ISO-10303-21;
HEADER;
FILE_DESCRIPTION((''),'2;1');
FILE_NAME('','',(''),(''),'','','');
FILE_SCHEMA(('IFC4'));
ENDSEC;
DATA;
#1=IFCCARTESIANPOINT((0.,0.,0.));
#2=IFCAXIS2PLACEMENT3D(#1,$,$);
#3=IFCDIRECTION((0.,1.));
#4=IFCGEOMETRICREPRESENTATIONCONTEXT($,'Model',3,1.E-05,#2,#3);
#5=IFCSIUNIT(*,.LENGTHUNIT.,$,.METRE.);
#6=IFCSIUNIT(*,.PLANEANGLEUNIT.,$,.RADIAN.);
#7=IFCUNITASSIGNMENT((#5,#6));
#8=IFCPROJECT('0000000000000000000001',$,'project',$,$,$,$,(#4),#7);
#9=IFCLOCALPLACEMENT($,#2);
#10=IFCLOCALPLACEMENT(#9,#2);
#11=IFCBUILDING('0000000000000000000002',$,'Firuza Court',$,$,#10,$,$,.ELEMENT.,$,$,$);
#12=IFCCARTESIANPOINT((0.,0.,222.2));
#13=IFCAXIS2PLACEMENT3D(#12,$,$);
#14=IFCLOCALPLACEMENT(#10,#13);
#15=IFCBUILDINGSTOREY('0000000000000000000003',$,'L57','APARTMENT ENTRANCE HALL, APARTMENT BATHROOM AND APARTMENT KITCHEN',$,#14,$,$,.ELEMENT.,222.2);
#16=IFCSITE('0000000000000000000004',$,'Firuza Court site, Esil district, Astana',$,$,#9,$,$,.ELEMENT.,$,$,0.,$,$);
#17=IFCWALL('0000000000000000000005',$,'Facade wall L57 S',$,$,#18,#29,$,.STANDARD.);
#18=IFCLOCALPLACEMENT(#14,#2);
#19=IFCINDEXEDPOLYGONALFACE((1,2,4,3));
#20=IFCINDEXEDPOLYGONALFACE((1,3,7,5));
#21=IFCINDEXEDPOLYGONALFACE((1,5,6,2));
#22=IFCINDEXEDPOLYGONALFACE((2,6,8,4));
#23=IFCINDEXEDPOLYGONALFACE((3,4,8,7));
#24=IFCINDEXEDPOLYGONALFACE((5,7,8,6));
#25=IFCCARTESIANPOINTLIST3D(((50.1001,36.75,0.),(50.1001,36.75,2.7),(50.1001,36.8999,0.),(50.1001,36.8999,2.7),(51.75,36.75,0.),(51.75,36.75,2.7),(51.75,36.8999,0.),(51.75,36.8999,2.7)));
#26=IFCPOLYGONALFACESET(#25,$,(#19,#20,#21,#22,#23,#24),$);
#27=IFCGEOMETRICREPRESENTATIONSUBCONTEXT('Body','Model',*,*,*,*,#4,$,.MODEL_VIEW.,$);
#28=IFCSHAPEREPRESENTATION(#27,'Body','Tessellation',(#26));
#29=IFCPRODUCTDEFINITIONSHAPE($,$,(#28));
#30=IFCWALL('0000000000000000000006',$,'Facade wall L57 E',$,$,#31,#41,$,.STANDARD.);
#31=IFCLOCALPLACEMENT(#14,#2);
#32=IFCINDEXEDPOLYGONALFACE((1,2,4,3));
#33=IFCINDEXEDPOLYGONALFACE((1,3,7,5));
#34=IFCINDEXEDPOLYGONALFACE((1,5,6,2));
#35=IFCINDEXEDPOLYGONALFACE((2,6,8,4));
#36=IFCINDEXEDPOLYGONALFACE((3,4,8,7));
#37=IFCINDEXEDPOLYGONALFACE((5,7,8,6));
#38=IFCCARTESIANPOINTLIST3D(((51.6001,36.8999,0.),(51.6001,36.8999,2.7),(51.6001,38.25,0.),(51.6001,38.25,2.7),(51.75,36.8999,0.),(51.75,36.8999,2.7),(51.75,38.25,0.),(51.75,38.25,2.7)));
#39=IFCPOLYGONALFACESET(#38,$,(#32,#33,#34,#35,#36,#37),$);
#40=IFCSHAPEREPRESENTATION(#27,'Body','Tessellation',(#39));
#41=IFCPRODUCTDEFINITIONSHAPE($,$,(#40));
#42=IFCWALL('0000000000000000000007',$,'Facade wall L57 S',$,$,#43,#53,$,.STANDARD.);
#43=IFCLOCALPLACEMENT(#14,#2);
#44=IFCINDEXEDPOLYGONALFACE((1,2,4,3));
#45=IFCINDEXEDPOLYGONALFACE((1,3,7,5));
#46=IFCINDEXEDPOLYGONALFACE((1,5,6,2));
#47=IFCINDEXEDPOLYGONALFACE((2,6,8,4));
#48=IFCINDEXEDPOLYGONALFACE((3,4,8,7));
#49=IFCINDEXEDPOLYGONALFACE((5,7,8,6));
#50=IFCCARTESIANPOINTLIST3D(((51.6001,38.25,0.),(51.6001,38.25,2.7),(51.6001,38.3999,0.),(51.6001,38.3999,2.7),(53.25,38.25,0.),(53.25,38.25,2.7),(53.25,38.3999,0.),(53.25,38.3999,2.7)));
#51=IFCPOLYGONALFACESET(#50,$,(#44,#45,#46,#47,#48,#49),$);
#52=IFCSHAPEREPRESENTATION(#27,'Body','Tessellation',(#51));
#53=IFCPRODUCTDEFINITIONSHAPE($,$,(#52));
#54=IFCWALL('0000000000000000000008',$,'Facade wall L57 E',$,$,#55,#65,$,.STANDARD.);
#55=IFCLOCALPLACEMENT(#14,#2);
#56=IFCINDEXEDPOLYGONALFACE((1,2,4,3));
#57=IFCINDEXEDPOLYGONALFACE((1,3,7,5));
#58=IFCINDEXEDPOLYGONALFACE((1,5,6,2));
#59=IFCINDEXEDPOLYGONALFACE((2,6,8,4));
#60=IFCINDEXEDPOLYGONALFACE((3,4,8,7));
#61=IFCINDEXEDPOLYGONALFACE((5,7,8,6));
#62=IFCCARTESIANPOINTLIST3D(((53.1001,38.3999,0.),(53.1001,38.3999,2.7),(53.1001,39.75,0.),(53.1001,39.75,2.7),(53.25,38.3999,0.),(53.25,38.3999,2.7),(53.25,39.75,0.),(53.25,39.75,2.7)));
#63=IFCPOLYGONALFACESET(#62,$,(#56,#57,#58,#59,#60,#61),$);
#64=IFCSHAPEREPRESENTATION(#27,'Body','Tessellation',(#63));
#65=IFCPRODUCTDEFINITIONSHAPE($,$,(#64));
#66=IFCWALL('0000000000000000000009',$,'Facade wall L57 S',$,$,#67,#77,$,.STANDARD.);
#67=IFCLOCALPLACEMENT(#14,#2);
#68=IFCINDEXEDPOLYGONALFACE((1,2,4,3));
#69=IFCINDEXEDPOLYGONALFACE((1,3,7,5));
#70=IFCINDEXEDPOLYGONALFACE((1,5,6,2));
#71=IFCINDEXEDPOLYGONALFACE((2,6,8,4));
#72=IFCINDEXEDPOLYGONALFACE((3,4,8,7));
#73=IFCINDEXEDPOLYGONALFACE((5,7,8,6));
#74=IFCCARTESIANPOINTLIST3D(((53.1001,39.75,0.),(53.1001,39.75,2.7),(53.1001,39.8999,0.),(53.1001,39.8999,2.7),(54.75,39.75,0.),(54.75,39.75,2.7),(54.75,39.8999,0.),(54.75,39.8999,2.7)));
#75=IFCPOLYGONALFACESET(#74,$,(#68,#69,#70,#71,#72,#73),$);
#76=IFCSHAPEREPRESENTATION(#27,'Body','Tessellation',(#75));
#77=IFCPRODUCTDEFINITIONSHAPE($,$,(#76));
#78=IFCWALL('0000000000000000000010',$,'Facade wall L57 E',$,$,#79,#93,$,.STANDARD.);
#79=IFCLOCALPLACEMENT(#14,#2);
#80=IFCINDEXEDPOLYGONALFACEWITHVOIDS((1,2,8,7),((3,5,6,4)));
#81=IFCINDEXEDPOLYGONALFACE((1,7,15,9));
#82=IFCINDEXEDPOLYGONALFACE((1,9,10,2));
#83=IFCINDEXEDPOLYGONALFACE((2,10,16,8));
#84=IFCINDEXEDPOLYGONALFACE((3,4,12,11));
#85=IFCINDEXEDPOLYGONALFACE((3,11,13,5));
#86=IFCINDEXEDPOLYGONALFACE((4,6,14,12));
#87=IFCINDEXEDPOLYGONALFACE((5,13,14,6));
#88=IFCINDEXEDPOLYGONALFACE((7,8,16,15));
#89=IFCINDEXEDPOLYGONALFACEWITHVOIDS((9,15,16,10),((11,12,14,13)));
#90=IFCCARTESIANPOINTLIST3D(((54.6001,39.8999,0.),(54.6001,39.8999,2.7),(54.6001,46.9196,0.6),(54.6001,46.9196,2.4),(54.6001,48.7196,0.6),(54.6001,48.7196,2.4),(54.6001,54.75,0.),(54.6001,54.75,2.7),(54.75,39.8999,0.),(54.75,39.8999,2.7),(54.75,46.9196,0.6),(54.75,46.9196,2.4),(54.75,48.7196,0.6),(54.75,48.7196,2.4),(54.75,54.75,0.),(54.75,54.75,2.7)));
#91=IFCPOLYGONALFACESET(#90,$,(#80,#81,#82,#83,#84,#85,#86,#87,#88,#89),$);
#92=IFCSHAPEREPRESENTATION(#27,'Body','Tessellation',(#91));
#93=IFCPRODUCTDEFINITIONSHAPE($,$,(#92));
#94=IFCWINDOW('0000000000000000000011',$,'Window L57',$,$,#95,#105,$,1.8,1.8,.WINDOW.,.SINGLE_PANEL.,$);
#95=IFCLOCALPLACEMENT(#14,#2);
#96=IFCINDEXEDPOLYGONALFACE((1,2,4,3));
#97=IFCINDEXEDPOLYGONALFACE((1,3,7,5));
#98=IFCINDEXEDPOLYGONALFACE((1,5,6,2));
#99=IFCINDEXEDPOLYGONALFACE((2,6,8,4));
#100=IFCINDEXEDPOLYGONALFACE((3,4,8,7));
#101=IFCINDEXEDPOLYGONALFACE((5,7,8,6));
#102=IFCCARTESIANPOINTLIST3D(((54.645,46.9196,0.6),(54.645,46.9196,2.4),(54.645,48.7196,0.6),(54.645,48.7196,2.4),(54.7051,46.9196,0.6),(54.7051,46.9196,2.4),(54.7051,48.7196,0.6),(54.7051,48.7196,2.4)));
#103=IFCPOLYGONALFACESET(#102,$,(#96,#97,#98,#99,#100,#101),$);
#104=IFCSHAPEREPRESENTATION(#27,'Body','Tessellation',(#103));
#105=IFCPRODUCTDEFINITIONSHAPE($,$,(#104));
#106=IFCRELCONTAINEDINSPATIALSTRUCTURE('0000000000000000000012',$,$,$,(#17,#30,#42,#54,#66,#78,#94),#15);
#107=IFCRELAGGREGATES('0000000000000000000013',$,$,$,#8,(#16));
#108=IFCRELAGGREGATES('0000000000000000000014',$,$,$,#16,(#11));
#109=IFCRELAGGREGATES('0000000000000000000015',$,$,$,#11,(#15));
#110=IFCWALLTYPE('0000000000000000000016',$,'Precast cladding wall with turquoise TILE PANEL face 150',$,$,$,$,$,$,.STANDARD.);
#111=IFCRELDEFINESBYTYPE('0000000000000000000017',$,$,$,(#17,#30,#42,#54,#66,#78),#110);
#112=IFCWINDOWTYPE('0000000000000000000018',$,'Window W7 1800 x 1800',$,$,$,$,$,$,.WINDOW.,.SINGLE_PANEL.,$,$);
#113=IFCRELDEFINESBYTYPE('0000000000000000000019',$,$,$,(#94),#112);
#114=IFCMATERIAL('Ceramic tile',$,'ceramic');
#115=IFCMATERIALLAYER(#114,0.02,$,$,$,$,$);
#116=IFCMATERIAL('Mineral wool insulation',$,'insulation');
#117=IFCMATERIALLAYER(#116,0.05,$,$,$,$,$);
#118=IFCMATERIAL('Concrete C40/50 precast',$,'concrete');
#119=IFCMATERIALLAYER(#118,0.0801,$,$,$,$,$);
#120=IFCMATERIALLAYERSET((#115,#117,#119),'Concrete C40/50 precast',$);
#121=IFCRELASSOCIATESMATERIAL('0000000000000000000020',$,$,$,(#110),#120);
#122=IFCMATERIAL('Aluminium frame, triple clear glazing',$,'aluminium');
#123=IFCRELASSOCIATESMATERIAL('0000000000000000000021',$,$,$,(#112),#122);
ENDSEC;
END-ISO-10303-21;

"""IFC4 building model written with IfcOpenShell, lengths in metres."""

from ifc_helpers import new_model, si_unit, direction, frame, frame_2d, origin, place, context, subcontext, project, spatial, rectangle, extrude, material, layer, layer_set, type_object, element, fill, save


model = new_model("IFC4")

# Units and contexts
model_context = context("Model", 3, precision=1e-05, world=origin(), true_north=direction((0.0, 1.0)))
body_context = subcontext(model_context, "Body", "Model", "MODEL_VIEW")
ifc_project = project(units=[si_unit("LENGTHUNIT", "METRE"), si_unit("PLANEANGLEUNIT", "RADIAN")], contexts=[model_context])

# Site, building, storey
site_placement = place(None, origin())
site = spatial("IfcSite", under=ifc_project, at=site_placement, Name="Firuza Court site, Esil district, Astana", CompositionType="ELEMENT", RefElevation=0.0)
building_placement = place(site_placement, origin())
building = spatial("IfcBuilding", under=site, at=building_placement, Name="Firuza Court", CompositionType="ELEMENT")
storey_placement = place(building_placement, frame((0.0, 0.0, 222.2)))
storey = spatial("IfcBuildingStorey", under=building, at=storey_placement, Name="L57", Description="APARTMENT ENTRANCE HALL, APARTMENT BATHROOM AND APARTMENT KITCHEN", CompositionType="ELEMENT", Elevation=222.2)

# Walls
ifc_material_1 = material(Name="Ceramic tile", Category="ceramic")
ifc_layer_1 = layer(ifc_material_1, 0.02)
ifc_material_2 = material(Name="Mineral wool insulation", Category="insulation")
ifc_layer_2 = layer(ifc_material_2, 0.05)
ifc_material_3 = material(Name="Concrete C40/50 precast", Category="concrete")
ifc_layer_3 = layer(ifc_material_3, 0.0801)
ifc_layer_set_1 = layer_set([ifc_layer_1, ifc_layer_2, ifc_layer_3], Name="Concrete C40/50 precast")
wall_type_1 = type_object("IfcWallType", Name="Precast cladding wall with turquoise TILE PANEL face 150", PredefinedType="STANDARD", material=ifc_layer_set_1)
wall_1_placement = place(storey_placement, frame((50.1001, 36.825, 0.0), z_axis=(0.0, 0.0, 1.0), x_axis=(1.0, 0.0, 0.0)))
element("IfcWall", 1, at=wall_1_placement, inside=storey, type_object=wall_type_1, Name="Facade wall L57 S", PredefinedType="STANDARD", context=body_context, shape_type="SweptSolid", body=[
    extrude(rectangle(XDim=1.6499, YDim=0.1499, at=frame_2d((0.825, 0.0))), origin(), (0.0, 0.0, 1.0), 2.7),
])
wall_2_placement = place(storey_placement, frame((51.675, 36.8999, 0.0), z_axis=(0.0, 0.0, 1.0), x_axis=(0.0, 1.0, 0.0)))
element("IfcWall", 2, at=wall_2_placement, inside=storey, type_object=wall_type_1, Name="Facade wall L57 E", PredefinedType="STANDARD", context=body_context, shape_type="SweptSolid", body=[
    extrude(rectangle(XDim=1.3501, YDim=0.1499, at=frame_2d((0.675, 0.0))), origin(), (0.0, 0.0, 1.0), 2.7),
])
wall_3_placement = place(storey_placement, frame((51.6001, 38.325, 0.0), z_axis=(0.0, 0.0, 1.0), x_axis=(1.0, 0.0, 0.0)))
element("IfcWall", 3, at=wall_3_placement, inside=storey, type_object=wall_type_1, Name="Facade wall L57 S", PredefinedType="STANDARD", context=body_context, shape_type="SweptSolid", body=[
    extrude(rectangle(XDim=1.6499, YDim=0.1499, at=frame_2d((0.825, 0.0))), origin(), (0.0, 0.0, 1.0), 2.7),
])
wall_4_placement = place(storey_placement, frame((53.175, 38.3999, 0.0), z_axis=(0.0, 0.0, 1.0), x_axis=(0.0, 1.0, 0.0)))
element("IfcWall", 4, at=wall_4_placement, inside=storey, type_object=wall_type_1, Name="Facade wall L57 E", PredefinedType="STANDARD", context=body_context, shape_type="SweptSolid", body=[
    extrude(rectangle(XDim=1.3501, YDim=0.1499, at=frame_2d((0.675, 0.0))), origin(), (0.0, 0.0, 1.0), 2.7),
])
wall_5_placement = place(storey_placement, frame((53.1001, 39.825, 0.0), z_axis=(0.0, 0.0, 1.0), x_axis=(1.0, 0.0, 0.0)))
element("IfcWall", 5, at=wall_5_placement, inside=storey, type_object=wall_type_1, Name="Facade wall L57 S", PredefinedType="STANDARD", context=body_context, shape_type="SweptSolid", body=[
    extrude(rectangle(XDim=1.6499, YDim=0.1499, at=frame_2d((0.825, 0.0))), origin(), (0.0, 0.0, 1.0), 2.7),
])

# Wall, opening, window
wall_6_placement = place(storey_placement, frame((54.675, 39.8999, 0.0), z_axis=(0.0, 0.0, 1.0), x_axis=(0.0, 1.0, 0.0)))
wall_6 = element("IfcWall", 6, at=wall_6_placement, inside=storey, type_object=wall_type_1, Name="Facade wall L57 E", PredefinedType="STANDARD", context=body_context, shape_type="SweptSolid", body=[
    extrude(rectangle(XDim=14.8501, YDim=0.1499, at=frame_2d((7.425, 0.0))), origin(), (0.0, 0.0, 1.0), 2.7),
])
opening_1_placement = place(wall_6_placement, frame((7.0198, 0.0, 0.6001)))
opening_1 = element("IfcOpeningElement", 7, at=opening_1_placement, cuts=wall_6, PredefinedType="OPENING", context=body_context, shape_type="SweptSolid", body=[
    extrude(rectangle(XDim=1.8, YDim=1.8, at=frame_2d((0.8999, 0.8999))), frame((0.0, 0.0869, 0.0), z_axis=(0.0, -1.0, 0.0), x_axis=(1.0, 0.0, 0.0)), (0.0, 0.0, 1.0), 0.1738),
])
ifc_material_4 = material(Name="Aluminium frame, triple clear glazing", Category="aluminium")
window_type = type_object("IfcWindowType", Name="Window W7 1800 x 1800", PartitioningType="SINGLE_PANEL", PredefinedType="WINDOW", material=ifc_material_4)
window_placement = place(opening_1_placement, origin())
window = element("IfcWindow", 8, at=window_placement, inside=storey, type_object=window_type, Name="Window L57", OverallHeight=1.8, OverallWidth=1.8, PartitioningType="SINGLE_PANEL", PredefinedType="WINDOW", context=body_context, shape_type="SweptSolid", body=[
    extrude(rectangle(XDim=1.8, YDim=1.8, at=frame_2d((0.8999, 0.8999))), frame((0.0, 0.03, 0.0), z_axis=(0.0, -1.0, 0.0), x_axis=(1.0, 0.0, 0.0)), (0.0, 0.0, 1.0), 0.0601),
])
fill(opening_1, window)

save(model, "model.ifc")
